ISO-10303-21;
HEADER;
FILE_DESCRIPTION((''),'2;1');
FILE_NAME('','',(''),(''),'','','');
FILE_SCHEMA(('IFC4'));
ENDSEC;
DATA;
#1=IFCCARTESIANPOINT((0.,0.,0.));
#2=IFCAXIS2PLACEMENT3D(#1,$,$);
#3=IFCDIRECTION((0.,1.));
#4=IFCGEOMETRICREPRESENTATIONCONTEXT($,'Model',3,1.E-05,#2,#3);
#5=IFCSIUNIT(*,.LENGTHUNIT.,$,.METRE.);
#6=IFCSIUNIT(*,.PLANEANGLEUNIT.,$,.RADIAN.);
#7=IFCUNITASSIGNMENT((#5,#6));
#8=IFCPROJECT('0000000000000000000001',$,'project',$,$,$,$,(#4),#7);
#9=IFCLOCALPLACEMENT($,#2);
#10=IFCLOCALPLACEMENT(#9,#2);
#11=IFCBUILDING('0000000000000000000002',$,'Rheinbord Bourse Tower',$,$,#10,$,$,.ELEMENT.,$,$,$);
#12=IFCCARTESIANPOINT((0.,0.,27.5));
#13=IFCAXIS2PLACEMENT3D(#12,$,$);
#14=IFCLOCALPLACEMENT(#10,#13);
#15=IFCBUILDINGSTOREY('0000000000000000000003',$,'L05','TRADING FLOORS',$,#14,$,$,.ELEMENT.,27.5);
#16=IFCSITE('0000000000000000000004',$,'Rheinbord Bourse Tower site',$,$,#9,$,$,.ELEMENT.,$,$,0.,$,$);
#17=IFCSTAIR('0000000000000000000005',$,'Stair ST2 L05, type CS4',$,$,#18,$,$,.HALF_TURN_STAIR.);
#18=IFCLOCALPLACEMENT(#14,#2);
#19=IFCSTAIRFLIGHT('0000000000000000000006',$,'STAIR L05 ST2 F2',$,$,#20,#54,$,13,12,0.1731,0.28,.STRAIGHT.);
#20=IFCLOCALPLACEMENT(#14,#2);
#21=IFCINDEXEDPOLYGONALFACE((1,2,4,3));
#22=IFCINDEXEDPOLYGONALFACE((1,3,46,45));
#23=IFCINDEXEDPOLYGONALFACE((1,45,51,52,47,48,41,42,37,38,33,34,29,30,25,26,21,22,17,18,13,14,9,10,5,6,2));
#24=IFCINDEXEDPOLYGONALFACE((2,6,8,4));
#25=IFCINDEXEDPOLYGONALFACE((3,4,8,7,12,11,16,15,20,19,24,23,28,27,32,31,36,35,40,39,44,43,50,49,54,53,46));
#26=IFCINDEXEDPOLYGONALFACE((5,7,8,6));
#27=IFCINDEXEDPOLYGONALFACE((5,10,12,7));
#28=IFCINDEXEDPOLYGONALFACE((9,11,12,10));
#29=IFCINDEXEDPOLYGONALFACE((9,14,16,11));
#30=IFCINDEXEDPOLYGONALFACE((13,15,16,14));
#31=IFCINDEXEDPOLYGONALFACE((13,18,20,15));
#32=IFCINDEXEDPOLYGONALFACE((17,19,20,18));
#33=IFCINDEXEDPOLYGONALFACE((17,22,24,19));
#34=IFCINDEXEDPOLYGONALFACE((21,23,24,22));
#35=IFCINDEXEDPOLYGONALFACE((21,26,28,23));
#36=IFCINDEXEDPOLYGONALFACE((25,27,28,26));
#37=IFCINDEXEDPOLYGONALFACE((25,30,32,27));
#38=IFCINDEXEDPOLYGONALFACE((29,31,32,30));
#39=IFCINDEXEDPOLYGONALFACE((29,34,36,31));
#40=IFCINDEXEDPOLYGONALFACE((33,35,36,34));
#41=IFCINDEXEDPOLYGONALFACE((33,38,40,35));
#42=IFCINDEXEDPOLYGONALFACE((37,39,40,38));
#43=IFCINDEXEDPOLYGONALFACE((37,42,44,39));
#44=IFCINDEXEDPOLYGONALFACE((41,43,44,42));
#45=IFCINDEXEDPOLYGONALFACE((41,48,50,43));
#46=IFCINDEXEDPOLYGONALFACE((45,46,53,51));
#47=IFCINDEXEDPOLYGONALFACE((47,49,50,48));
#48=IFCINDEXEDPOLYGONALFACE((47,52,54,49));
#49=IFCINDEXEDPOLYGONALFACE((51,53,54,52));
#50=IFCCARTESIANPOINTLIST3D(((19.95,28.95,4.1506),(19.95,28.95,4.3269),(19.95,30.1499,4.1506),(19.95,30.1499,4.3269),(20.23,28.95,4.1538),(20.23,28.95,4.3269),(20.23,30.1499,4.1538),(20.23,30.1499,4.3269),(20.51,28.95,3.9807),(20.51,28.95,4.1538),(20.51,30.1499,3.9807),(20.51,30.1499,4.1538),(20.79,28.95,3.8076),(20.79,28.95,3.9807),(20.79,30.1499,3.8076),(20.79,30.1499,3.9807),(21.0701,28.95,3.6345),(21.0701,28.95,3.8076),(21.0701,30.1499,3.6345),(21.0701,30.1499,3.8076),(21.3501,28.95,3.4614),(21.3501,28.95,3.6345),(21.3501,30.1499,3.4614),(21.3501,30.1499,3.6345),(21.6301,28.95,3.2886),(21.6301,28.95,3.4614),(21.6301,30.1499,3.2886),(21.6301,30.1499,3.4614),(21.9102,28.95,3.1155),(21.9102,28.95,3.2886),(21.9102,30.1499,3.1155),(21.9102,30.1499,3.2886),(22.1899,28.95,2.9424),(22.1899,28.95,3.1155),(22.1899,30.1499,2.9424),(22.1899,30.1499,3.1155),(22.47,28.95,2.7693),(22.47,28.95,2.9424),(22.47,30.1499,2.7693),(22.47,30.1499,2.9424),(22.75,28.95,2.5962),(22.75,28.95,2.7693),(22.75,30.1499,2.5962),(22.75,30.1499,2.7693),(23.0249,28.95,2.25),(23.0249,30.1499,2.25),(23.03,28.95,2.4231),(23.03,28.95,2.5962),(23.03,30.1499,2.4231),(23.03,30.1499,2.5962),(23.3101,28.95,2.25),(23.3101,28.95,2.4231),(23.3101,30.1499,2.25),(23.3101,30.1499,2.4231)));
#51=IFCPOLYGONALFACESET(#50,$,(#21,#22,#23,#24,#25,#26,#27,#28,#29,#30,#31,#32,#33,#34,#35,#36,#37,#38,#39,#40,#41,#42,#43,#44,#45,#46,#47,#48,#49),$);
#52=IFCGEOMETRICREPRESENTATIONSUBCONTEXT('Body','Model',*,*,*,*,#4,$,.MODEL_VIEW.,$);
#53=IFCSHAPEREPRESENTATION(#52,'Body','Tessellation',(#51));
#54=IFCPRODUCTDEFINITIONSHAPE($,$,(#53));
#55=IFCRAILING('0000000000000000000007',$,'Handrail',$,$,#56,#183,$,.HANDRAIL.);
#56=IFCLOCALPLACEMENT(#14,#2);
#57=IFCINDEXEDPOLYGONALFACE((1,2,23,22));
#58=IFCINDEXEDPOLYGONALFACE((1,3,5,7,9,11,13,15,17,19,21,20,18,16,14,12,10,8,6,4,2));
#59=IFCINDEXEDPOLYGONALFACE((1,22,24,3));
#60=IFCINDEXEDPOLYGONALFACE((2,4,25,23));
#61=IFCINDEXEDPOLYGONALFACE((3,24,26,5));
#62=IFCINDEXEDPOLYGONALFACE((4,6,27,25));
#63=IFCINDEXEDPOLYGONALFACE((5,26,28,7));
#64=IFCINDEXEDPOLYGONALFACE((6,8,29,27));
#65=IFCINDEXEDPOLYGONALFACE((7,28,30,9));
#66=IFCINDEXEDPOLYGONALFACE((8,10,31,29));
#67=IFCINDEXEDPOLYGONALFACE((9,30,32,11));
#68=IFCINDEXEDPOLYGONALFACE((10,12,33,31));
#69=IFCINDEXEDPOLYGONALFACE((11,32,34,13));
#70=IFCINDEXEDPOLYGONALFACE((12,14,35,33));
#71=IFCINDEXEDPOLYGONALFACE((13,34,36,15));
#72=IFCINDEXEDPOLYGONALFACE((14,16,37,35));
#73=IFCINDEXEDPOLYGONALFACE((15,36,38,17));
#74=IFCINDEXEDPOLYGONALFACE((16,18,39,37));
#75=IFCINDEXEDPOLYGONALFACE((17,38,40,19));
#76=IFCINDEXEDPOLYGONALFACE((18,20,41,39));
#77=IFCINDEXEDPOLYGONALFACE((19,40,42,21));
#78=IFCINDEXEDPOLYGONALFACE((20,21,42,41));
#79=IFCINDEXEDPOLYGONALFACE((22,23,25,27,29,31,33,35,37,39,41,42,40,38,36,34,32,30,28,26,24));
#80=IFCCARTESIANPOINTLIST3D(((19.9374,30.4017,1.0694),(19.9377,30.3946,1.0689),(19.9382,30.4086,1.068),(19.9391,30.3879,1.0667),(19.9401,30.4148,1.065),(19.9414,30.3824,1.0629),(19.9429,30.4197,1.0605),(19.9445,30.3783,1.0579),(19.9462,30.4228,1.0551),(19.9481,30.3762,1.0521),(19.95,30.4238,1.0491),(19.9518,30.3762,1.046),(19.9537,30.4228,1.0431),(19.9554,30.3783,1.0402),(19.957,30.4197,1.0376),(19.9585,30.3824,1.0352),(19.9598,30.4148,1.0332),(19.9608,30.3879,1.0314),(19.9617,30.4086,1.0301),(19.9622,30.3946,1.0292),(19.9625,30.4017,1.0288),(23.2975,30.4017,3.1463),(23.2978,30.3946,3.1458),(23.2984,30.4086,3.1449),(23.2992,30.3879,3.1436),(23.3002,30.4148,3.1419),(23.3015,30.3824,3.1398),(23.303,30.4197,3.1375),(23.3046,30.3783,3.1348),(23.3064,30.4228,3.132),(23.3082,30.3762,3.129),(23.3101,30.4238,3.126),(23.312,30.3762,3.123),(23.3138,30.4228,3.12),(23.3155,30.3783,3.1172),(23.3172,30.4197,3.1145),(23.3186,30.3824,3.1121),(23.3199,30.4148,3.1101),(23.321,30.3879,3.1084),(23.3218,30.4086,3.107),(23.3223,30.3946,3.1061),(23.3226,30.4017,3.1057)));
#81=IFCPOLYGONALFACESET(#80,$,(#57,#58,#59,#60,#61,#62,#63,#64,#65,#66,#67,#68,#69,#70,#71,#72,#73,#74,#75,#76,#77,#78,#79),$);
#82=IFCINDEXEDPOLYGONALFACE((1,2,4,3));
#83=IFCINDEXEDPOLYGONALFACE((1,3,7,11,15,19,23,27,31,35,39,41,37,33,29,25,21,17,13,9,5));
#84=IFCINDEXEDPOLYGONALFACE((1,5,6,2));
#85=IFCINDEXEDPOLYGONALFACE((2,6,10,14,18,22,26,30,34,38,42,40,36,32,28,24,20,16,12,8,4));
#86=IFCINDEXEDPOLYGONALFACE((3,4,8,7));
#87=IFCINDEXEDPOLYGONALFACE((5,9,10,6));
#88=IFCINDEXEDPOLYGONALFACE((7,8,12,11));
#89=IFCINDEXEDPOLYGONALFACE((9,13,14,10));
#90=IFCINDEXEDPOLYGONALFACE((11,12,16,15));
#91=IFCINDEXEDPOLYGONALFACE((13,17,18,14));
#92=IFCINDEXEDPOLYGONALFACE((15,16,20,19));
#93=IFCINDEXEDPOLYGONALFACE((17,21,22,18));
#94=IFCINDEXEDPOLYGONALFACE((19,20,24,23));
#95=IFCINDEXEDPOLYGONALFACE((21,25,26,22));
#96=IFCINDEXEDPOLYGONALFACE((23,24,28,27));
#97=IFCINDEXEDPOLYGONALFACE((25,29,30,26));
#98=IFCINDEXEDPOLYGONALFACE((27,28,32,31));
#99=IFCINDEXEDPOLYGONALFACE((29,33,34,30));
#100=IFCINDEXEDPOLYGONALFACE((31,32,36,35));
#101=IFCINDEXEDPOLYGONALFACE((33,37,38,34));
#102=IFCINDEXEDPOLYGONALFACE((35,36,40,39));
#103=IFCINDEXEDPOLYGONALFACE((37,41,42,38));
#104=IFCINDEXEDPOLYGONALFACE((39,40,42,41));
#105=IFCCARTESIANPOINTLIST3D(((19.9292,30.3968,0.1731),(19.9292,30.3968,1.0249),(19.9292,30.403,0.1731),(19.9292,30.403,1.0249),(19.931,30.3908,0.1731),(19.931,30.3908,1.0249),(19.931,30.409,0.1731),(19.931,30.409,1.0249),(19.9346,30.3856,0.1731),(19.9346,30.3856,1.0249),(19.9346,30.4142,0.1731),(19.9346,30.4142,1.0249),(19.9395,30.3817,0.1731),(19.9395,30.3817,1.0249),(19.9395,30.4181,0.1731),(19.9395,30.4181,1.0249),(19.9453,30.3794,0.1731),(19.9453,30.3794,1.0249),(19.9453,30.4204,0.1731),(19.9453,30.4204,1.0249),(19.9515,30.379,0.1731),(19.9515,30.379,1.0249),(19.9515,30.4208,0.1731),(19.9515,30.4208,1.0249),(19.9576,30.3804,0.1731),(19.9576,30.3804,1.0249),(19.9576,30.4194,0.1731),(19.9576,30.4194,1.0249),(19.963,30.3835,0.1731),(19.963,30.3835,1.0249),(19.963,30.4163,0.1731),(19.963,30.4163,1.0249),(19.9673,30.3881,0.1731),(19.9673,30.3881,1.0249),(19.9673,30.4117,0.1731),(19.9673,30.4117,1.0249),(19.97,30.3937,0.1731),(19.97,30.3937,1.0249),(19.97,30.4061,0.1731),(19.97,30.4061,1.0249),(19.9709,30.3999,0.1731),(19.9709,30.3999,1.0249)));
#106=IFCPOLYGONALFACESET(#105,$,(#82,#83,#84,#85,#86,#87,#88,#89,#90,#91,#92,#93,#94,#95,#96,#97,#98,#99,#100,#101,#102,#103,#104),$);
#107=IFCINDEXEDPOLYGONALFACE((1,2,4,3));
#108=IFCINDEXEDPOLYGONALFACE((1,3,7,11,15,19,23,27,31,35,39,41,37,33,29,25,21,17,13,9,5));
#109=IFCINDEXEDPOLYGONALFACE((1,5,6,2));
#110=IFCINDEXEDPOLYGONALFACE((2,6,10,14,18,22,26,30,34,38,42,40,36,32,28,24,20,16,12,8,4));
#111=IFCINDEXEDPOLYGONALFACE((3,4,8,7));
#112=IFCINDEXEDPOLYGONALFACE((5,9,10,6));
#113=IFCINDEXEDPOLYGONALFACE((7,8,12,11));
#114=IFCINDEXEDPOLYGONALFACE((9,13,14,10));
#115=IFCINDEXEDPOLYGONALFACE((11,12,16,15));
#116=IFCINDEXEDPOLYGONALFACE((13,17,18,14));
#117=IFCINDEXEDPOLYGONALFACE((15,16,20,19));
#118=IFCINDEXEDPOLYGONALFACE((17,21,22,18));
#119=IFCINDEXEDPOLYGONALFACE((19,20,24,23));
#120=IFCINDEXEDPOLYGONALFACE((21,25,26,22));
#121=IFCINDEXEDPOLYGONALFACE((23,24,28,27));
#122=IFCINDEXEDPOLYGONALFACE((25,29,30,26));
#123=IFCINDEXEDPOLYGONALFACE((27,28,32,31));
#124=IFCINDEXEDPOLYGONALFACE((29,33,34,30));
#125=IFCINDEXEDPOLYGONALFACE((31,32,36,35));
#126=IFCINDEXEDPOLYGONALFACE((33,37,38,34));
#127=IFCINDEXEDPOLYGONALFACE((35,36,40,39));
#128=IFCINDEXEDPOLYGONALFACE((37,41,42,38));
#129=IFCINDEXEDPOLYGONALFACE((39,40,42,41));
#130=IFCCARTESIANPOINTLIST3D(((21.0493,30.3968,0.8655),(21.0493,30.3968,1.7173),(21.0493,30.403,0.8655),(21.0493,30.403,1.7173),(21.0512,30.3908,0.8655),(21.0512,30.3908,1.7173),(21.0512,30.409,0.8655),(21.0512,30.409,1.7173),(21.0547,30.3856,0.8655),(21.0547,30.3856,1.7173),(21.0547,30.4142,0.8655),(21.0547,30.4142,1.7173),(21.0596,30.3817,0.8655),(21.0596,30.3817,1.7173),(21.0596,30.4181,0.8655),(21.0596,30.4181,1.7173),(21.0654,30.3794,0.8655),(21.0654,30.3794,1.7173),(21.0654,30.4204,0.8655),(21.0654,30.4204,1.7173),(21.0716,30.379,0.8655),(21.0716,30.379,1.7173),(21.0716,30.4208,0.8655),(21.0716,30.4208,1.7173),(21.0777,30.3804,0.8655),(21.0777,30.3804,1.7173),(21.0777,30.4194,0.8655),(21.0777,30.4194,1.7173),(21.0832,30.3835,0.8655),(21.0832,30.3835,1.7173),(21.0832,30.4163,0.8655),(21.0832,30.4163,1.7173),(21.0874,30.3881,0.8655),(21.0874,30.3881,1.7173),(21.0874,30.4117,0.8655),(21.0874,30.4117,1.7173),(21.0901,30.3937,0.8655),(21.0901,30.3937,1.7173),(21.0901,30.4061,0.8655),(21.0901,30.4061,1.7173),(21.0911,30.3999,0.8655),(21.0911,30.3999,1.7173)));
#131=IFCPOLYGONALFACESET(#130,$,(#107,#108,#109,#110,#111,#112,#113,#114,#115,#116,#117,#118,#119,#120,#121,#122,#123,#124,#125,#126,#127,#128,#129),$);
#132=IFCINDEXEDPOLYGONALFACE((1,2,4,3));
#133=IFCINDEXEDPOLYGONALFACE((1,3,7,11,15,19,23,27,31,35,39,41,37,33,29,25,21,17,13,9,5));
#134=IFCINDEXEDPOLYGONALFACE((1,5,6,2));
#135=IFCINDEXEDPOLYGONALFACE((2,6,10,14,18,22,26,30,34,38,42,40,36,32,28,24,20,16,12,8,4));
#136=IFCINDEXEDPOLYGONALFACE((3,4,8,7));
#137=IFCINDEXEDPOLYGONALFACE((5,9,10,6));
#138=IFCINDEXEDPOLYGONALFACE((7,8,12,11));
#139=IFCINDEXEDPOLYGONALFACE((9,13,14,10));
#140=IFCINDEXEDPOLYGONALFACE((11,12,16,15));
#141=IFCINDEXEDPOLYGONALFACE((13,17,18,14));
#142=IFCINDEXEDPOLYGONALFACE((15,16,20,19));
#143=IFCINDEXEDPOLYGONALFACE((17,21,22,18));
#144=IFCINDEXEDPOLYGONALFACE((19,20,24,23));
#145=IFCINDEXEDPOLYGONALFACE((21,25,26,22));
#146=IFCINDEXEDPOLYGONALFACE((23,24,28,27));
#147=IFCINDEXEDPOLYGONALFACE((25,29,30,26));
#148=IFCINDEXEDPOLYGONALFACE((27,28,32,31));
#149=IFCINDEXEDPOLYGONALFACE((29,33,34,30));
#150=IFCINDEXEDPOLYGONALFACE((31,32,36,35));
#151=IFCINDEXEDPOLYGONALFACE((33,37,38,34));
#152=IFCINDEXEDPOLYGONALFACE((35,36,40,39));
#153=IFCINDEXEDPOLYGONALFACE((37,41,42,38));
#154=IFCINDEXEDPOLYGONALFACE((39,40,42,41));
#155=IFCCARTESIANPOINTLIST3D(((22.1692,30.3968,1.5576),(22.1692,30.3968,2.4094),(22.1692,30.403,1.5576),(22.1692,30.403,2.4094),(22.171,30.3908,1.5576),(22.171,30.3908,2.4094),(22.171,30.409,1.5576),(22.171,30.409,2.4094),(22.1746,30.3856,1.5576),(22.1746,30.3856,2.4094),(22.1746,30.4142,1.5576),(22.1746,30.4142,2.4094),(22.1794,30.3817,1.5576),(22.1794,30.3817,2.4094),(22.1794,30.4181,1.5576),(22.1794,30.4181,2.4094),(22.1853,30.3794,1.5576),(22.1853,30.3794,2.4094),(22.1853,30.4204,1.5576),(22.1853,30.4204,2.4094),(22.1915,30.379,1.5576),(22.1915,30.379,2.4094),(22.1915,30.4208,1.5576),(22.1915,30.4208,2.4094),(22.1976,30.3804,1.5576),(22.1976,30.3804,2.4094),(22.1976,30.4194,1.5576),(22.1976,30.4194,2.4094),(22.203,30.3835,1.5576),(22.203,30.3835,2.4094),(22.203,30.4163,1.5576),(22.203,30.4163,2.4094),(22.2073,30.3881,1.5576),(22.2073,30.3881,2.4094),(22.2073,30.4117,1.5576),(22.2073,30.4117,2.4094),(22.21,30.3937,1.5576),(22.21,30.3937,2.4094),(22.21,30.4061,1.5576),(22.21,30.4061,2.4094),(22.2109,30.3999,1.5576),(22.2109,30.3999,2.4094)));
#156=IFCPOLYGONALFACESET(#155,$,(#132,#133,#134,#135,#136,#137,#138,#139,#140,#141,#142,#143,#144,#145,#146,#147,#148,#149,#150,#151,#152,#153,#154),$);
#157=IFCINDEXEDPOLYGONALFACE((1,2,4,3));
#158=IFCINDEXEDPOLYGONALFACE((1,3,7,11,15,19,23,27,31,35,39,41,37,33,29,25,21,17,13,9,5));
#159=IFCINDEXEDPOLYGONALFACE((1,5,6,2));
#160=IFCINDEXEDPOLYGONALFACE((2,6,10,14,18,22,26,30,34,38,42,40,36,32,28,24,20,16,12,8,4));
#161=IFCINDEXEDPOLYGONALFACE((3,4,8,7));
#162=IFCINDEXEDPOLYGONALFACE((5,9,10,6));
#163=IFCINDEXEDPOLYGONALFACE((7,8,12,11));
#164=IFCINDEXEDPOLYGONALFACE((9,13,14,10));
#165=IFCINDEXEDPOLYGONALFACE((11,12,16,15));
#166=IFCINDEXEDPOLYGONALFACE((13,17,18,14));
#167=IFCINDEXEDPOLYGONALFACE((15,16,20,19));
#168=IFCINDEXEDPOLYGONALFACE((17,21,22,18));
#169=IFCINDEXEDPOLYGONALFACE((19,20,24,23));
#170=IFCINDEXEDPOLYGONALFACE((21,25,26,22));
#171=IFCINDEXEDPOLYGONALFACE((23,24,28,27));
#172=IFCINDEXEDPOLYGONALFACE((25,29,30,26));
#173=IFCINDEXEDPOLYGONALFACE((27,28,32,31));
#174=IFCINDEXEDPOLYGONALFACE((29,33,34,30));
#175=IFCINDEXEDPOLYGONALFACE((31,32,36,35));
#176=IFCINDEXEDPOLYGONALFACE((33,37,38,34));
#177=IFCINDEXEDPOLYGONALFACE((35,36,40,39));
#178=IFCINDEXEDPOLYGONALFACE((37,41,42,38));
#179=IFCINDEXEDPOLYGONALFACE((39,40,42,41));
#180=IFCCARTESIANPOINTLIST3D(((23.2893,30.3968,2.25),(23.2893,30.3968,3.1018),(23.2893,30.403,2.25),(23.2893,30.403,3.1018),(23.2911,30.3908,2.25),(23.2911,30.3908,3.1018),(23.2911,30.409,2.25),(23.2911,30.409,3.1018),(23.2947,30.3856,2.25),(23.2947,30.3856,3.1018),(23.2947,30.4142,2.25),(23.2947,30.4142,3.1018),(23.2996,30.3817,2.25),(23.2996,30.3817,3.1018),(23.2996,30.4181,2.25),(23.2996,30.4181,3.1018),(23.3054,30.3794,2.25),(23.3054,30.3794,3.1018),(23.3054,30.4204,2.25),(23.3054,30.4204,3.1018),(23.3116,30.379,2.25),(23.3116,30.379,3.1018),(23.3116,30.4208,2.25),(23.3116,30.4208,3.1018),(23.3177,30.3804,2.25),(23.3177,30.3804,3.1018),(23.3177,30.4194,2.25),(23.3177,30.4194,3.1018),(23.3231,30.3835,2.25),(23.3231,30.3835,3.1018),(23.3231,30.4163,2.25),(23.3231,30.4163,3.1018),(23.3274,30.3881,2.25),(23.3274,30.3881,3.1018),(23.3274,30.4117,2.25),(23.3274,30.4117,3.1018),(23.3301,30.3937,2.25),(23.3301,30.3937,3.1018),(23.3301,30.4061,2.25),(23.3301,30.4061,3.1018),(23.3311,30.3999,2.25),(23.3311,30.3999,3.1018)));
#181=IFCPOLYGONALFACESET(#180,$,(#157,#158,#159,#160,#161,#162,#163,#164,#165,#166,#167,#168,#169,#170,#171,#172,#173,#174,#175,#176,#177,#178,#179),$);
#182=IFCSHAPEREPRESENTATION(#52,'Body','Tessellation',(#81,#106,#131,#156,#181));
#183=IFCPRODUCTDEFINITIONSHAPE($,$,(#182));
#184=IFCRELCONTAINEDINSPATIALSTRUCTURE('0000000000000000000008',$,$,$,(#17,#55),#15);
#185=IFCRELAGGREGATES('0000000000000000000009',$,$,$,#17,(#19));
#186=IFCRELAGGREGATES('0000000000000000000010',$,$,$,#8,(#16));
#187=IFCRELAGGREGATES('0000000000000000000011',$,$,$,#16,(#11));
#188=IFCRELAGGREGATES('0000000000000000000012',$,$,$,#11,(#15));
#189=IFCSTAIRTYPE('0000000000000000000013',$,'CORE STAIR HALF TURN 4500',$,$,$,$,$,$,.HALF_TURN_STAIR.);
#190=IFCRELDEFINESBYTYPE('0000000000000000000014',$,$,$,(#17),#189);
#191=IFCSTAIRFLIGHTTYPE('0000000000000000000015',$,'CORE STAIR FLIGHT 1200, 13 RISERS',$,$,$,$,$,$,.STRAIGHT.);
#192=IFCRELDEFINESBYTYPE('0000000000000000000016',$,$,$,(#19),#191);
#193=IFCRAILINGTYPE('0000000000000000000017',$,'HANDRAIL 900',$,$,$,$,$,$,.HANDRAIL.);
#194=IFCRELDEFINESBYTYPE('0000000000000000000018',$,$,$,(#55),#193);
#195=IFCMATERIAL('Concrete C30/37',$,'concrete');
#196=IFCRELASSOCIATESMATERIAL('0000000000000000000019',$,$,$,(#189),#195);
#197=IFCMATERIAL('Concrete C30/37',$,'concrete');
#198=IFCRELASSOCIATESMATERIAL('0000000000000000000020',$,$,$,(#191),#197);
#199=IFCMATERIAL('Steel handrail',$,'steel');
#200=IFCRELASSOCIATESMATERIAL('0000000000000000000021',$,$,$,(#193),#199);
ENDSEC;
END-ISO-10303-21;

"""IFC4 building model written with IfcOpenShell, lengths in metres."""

from ifc_helpers import new_model, si_unit, direction, frame, origin, origin_2d, place, context, subcontext, project, spatial, polyline, circle, outline, extrude, material, type_object, element, aggregate, save


model = new_model("IFC4")

# Units and contexts
model_context = context("Model", 3, precision=1e-05, world=origin(), true_north=direction((0.0, 1.0)))
body_context = subcontext(model_context, "Body", "Model", "MODEL_VIEW")
ifc_project = project(units=[si_unit("LENGTHUNIT", "METRE"), si_unit("PLANEANGLEUNIT", "RADIAN")], contexts=[model_context])

# Site, building, storey
site_placement = place(None, origin())
site = spatial("IfcSite", under=ifc_project, at=site_placement, Name="Rheinbord Bourse Tower site", CompositionType="ELEMENT", RefElevation=0.0)
building_placement = place(site_placement, origin())
building = spatial("IfcBuilding", under=site, at=building_placement, Name="Rheinbord Bourse Tower", CompositionType="ELEMENT")
storey_placement = place(building_placement, frame((0.0, 0.0, 27.5)))
storey = spatial("IfcBuildingStorey", under=building, at=storey_placement, Name="L05", Description="TRADING FLOORS", CompositionType="ELEMENT", Elevation=27.5)

# Stair, stair flight
ifc_material_1 = material(Name="Concrete C30/37", Category="concrete")
stair_type = type_object("IfcStairType", Name="CORE STAIR HALF TURN 4500", PredefinedType="HALF_TURN_STAIR", material=ifc_material_1)
stair_placement = place(storey_placement, origin())
stair = element("IfcStair", 1, at=stair_placement, inside=storey, type_object=stair_type, Name="Stair ST2 L05, type CS4", PredefinedType="HALF_TURN_STAIR")
ifc_material_2 = material(Name="Concrete C30/37", Category="concrete")
stair_flight_type = type_object("IfcStairFlightType", Name="CORE STAIR FLIGHT 1200, 13 RISERS", PredefinedType="STRAIGHT", material=ifc_material_2)
stair_flight_1_placement = place(storey_placement, frame((23.3101, 29.55, 2.25), z_axis=(0.0, 0.0, 1.0), x_axis=(-1.0, 0.0, 0.0)))
stair_flight_1 = element("IfcStairFlight", 2, at=stair_flight_1_placement, type_object=stair_flight_type, Name="STAIR L05 ST2 F2", NumberOfRisers=13, NumberOfTreads=12, PredefinedType="STRAIGHT", RiserHeight=0.1731, TreadLength=0.28, context=body_context, shape_type="SweptSolid", body=[
    extrude(outline(polyline([(0.0, 0.0), (0.0, 0.1731), (0.28, 0.1731), (0.28, 0.3462), (0.5601, 0.3462), (0.5601, 0.5193), (0.8401, 0.5193), (0.8401, 0.6924), (1.1201, 0.6924), (1.1201, 0.8655), (1.3999, 0.8655), (1.3999, 1.0386), (1.6799, 1.0386), (1.6799, 1.2114), (1.96, 1.2114), (1.96, 1.3845), (2.24, 1.3845), (2.24, 1.5576), (2.52, 1.5576), (2.52, 1.7307), (2.8, 1.7307), (2.8, 1.9038), (3.0801, 1.9038), (3.0801, 2.0769), (3.3601, 2.0769), (3.3601, 2.25), (3.3601, 1.9006), (0.2852, 0.0), (0.0, 0.0)])), frame((0.0, 0.6001, 0.0), z_axis=(0.0, -1.0, 0.0), x_axis=(1.0, 0.0, 0.0)), (0.0, 0.0, 1.0), 1.2),
])
aggregate(stair, [stair_flight_1])

# Railing
ifc_material_3 = material(Name="Steel handrail", Category="steel")
railing_type = type_object("IfcRailingType", Name="HANDRAIL 900", PredefinedType="HANDRAIL", material=ifc_material_3)
railing_1_placement = place(storey_placement, frame((19.95, 30.3999, 0.1731)))
element("IfcRailing", 3, at=railing_1_placement, inside=storey, type_object=railing_type, Name="Handrail", PredefinedType="HANDRAIL", context=body_context, shape_type="SweptSolid", body=[
    extrude(circle(Radius=0.0239, at=origin_2d()), frame((0.0, 0.0, 0.876), z_axis=(0.850623, 0.0, 0.525776), x_axis=(0.0, 1.0, 0.0)), (0.0, 0.0, 1.0), 3.9502),
    extrude(circle(Radius=0.021, at=origin_2d()), origin(), (0.0, 0.0, 1.0), 0.8518),
    extrude(circle(Radius=0.021, at=origin_2d()), frame((1.1201, 0.0, 0.6924)), (0.0, 0.0, 1.0), 0.8518),
    extrude(circle(Radius=0.021, at=origin_2d()), frame((2.24, 0.0, 1.3845)), (0.0, 0.0, 1.0), 0.8518),
    extrude(circle(Radius=0.021, at=origin_2d()), frame((3.3601, 0.0, 2.0769)), (0.0, 0.0, 1.0), 0.8518),
])

save(model, "model.ifc")
